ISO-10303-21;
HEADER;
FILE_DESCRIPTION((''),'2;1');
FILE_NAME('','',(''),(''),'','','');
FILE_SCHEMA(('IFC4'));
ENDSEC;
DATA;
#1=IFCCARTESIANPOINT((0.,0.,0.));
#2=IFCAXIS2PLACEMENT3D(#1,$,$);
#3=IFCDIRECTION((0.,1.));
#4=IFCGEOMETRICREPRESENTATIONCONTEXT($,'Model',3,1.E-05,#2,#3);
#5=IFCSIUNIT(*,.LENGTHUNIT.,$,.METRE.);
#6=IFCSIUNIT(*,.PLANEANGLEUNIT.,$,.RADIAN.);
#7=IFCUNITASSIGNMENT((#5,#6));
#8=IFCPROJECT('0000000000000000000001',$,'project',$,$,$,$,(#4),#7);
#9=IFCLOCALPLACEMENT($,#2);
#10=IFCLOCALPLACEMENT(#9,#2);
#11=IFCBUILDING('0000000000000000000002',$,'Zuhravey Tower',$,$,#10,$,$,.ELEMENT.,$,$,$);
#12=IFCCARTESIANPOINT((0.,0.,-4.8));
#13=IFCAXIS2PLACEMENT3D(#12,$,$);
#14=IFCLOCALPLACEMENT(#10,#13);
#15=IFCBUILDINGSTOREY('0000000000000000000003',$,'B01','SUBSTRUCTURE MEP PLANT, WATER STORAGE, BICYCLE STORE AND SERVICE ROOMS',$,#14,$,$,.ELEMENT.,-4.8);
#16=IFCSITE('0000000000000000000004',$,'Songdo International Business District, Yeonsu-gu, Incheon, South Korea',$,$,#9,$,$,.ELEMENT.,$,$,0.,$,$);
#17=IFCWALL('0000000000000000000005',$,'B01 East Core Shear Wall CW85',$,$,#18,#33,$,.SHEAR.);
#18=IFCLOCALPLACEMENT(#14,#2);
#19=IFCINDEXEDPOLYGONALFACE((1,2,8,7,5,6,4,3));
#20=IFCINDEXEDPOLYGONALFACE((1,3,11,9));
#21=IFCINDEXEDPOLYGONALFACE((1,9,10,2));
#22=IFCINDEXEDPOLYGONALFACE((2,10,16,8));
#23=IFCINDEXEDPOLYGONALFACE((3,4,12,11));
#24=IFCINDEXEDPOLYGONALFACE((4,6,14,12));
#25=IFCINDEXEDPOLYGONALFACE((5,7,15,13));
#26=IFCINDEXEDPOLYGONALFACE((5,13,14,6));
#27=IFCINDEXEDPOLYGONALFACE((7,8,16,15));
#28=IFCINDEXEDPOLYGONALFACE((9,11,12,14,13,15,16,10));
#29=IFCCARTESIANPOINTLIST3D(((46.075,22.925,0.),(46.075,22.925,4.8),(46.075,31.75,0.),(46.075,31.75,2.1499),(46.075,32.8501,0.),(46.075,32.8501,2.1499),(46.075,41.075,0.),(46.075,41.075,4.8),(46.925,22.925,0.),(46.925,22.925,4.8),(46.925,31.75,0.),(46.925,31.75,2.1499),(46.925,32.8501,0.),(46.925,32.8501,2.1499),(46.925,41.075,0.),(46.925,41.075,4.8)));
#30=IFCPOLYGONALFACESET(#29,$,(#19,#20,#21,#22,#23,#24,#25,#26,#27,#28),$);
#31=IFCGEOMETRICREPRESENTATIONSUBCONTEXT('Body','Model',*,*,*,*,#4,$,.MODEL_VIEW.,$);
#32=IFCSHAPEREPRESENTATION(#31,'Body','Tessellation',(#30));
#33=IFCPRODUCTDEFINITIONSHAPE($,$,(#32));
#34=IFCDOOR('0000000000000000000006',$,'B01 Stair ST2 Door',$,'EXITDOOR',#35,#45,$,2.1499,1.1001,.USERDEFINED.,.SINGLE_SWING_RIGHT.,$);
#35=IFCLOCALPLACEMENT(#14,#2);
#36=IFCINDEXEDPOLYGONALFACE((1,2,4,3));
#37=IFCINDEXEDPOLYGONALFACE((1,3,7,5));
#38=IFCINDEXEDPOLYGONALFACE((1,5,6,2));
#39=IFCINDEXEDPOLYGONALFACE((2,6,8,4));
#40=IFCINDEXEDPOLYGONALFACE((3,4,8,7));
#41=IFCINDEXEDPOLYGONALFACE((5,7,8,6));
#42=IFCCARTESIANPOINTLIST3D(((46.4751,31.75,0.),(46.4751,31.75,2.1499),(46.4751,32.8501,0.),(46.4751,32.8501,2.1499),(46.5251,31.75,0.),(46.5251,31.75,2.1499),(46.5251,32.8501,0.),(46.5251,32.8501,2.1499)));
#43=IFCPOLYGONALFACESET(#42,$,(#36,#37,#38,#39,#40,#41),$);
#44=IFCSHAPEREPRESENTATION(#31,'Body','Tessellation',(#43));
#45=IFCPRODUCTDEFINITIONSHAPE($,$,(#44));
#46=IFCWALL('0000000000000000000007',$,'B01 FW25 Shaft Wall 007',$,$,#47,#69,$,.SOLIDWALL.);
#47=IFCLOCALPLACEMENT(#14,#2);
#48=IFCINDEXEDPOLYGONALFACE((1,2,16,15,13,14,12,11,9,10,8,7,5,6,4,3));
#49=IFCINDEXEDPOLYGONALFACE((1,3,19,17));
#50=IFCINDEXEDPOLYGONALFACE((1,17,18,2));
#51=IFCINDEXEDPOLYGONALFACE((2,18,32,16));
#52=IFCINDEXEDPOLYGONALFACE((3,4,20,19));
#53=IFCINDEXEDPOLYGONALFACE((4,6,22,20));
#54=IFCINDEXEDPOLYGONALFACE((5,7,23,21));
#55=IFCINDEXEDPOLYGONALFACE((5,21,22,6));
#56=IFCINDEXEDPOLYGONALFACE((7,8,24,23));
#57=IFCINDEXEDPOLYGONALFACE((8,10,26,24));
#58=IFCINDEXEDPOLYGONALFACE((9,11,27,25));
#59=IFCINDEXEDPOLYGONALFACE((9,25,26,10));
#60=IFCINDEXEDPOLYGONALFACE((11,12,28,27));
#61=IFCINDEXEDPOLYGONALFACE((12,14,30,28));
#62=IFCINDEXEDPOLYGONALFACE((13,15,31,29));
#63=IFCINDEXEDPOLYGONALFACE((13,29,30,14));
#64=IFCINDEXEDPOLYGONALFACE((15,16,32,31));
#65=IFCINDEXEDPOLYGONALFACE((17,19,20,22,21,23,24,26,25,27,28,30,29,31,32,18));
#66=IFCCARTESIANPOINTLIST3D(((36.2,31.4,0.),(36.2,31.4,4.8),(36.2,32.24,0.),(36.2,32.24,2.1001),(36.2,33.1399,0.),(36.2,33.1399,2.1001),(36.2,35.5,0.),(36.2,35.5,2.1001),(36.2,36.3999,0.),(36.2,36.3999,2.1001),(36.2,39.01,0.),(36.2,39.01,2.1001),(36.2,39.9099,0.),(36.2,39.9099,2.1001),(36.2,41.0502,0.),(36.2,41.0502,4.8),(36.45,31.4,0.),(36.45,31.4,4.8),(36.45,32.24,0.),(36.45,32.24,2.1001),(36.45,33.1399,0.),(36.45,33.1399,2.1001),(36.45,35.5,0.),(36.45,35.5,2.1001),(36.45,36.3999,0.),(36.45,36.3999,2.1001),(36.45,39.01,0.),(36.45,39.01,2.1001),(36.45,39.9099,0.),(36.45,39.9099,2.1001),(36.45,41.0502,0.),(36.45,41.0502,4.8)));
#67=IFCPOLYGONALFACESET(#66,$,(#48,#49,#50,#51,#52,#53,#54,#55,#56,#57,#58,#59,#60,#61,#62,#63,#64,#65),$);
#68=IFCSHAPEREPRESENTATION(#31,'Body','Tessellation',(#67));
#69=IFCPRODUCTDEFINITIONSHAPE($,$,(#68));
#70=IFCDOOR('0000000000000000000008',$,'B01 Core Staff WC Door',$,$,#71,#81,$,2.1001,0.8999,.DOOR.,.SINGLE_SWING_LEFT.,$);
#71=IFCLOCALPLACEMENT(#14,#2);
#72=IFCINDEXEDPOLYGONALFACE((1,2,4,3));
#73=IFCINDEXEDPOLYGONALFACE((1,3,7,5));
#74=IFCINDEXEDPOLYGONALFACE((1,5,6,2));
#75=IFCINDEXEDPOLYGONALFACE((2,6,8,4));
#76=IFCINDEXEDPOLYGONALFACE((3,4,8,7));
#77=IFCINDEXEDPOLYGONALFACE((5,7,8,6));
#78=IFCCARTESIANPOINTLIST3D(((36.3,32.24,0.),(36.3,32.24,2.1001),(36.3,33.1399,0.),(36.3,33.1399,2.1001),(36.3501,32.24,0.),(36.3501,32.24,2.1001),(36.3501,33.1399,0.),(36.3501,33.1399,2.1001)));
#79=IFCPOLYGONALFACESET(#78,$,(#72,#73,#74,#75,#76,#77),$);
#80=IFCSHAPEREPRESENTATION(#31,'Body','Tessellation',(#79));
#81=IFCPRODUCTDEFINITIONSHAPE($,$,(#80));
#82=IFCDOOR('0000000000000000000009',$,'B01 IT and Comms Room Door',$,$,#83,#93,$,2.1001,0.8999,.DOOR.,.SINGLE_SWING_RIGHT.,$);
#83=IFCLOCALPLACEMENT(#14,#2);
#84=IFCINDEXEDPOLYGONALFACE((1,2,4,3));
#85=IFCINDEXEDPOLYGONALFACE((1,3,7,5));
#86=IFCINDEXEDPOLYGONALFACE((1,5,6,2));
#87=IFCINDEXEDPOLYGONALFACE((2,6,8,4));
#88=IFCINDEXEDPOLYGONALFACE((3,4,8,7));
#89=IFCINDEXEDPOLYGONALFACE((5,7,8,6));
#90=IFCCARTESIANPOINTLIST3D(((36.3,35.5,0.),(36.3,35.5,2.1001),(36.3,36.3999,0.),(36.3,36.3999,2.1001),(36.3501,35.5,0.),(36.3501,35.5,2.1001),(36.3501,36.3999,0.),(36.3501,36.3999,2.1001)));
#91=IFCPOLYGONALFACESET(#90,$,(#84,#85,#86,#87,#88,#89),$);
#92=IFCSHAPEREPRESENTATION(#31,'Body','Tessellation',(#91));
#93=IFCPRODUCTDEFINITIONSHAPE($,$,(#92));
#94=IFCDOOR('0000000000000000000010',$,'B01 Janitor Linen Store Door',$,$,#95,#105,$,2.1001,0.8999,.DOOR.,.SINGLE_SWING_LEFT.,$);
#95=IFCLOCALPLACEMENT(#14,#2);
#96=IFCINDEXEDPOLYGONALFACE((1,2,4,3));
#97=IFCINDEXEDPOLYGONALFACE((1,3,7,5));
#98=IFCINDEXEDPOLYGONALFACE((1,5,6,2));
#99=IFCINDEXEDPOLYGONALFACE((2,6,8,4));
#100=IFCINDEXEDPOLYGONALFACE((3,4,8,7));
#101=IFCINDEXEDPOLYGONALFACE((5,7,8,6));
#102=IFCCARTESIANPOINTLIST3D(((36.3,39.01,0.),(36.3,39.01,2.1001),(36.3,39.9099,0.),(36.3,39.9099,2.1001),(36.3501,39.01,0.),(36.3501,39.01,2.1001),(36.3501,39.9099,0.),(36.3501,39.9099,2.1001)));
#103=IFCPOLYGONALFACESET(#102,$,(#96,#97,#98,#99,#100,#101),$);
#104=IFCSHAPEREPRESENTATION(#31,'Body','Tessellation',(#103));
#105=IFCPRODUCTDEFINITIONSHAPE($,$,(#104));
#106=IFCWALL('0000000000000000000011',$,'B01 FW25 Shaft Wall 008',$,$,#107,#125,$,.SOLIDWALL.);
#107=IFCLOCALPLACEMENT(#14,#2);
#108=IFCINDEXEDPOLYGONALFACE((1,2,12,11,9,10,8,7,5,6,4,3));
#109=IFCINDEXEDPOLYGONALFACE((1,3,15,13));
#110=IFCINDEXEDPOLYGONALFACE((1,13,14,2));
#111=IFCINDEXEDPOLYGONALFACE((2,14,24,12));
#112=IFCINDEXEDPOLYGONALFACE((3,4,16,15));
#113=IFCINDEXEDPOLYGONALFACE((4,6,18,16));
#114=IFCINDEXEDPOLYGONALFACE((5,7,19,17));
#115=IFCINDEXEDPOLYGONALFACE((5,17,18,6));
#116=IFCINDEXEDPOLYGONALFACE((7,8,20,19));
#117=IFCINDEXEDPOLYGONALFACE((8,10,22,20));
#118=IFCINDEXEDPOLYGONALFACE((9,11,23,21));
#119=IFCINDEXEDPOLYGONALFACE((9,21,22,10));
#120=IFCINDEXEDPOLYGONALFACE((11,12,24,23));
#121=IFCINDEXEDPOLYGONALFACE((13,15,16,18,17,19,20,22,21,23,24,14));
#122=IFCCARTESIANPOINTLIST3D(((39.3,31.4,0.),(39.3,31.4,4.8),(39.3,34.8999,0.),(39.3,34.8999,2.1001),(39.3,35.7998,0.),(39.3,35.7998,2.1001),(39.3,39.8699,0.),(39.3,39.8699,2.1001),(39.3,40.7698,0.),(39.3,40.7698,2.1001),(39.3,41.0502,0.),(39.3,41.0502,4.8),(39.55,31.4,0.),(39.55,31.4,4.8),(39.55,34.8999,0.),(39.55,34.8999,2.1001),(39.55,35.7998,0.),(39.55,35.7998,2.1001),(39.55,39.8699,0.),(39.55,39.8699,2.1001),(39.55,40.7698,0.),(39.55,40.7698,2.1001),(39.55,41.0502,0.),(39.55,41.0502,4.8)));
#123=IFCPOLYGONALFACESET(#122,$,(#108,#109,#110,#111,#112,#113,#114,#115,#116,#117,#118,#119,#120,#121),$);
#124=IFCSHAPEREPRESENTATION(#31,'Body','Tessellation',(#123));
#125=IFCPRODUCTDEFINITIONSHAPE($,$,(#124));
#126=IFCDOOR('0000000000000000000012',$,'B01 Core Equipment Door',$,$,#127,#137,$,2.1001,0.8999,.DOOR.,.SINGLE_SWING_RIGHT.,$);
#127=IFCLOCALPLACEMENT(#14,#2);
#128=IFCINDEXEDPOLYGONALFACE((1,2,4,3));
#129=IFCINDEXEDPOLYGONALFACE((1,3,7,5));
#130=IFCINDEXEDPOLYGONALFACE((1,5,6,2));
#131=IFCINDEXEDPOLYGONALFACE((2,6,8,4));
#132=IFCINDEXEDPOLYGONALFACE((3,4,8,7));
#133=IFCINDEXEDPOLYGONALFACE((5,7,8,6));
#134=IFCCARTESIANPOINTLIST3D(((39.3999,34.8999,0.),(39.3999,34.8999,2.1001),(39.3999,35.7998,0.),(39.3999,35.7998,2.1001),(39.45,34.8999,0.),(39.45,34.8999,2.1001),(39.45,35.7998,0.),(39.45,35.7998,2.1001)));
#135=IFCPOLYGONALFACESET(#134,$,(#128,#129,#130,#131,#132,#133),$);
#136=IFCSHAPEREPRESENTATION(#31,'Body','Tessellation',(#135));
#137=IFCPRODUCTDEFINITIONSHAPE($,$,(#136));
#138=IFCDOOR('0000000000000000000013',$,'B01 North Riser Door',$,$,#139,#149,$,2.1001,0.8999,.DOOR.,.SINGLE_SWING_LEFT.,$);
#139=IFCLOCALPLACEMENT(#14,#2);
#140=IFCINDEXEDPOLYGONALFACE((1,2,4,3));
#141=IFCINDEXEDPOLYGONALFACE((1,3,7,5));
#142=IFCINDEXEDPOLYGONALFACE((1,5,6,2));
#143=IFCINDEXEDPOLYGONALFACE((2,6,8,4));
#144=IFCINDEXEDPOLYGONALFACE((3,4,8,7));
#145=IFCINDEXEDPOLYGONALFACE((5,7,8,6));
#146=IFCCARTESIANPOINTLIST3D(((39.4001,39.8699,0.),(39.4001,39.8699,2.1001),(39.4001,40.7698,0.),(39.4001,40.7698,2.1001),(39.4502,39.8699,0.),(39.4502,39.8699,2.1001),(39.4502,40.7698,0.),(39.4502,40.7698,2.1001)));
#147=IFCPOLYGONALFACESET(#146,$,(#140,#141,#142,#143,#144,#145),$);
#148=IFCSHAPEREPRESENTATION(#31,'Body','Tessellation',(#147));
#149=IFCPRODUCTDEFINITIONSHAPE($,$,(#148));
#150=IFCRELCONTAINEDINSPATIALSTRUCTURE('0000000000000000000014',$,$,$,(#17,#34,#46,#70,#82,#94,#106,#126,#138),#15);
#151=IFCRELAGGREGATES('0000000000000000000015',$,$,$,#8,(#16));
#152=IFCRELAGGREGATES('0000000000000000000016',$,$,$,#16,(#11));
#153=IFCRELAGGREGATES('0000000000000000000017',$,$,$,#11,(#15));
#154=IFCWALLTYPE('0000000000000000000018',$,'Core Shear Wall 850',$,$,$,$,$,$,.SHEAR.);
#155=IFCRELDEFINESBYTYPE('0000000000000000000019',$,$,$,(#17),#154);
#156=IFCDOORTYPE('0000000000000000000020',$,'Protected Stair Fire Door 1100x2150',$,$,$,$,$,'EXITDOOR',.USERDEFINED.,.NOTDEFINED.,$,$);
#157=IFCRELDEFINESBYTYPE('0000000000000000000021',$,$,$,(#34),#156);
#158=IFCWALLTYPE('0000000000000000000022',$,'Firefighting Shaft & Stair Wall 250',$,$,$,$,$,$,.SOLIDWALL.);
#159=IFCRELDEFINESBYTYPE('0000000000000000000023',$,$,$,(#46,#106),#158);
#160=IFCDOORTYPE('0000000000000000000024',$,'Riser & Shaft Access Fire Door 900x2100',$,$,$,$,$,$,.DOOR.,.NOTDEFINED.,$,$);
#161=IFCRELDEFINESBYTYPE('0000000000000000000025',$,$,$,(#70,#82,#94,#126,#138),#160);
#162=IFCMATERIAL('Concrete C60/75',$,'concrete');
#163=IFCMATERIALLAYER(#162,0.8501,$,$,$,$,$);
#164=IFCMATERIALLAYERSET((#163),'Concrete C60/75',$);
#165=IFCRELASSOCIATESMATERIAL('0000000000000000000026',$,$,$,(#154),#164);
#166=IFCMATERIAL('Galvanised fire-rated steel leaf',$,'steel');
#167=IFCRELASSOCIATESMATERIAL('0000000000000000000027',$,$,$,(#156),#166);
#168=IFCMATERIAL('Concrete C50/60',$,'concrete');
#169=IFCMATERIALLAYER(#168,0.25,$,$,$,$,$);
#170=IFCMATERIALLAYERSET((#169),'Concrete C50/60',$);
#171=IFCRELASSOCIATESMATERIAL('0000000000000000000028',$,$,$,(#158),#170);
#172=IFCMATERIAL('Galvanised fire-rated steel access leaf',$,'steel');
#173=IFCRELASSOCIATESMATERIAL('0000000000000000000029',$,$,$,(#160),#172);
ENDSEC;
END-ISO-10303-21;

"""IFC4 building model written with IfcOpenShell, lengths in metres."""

from ifc_helpers import new_model, si_unit, direction, frame, frame_2d, origin, place, context, subcontext, project, spatial, rectangle, extrude, material, layer, layer_set, type_object, element, fill, save


model = new_model("IFC4")

# Units and contexts
model_context = context("Model", 3, precision=1e-05, world=origin(), true_north=direction((0.0, 1.0)))
body_context = subcontext(model_context, "Body", "Model", "MODEL_VIEW")
ifc_project = project(units=[si_unit("LENGTHUNIT", "METRE"), si_unit("PLANEANGLEUNIT", "RADIAN")], contexts=[model_context])

# Site, building, storey
site_placement = place(None, origin())
site = spatial("IfcSite", under=ifc_project, at=site_placement, Name="Songdo International Business District, Yeonsu-gu, Incheon, South Korea", CompositionType="ELEMENT", RefElevation=0.0)
building_placement = place(site_placement, origin())
building = spatial("IfcBuilding", under=site, at=building_placement, Name="Zuhravey Tower", CompositionType="ELEMENT")
storey_placement = place(building_placement, frame((0.0, 0.0, -4.8)))
storey = spatial("IfcBuildingStorey", under=building, at=storey_placement, Name="B01", Description="SUBSTRUCTURE MEP PLANT, WATER STORAGE, BICYCLE STORE AND SERVICE ROOMS", CompositionType="ELEMENT", Elevation=-4.8)

# Wall, opening, door
ifc_material_1 = material(Name="Concrete C60/75", Category="concrete")
ifc_layer_1 = layer(ifc_material_1, 0.8501)
ifc_layer_set_1 = layer_set([ifc_layer_1], Name="Concrete C60/75")
wall_type_1 = type_object("IfcWallType", Name="Core Shear Wall 850", PredefinedType="SHEAR", material=ifc_layer_set_1)
ifc_material_2 = material(Name="Galvanised fire-rated steel leaf", Category="steel")
wall_1_placement = place(storey_placement, frame((46.5, 22.925, 0.0), z_axis=(0.0, 0.0, 1.0), x_axis=(0.0, 1.0, 0.0)))
wall_1 = element("IfcWall", 1, at=wall_1_placement, inside=storey, type_object=wall_type_1, Name="B01 East Core Shear Wall CW85", PredefinedType="SHEAR", context=body_context, shape_type="SweptSolid", body=[
    extrude(rectangle(XDim=18.1499, YDim=0.8501, at=frame_2d((9.075, 0.0))), origin(), (0.0, 0.0, 1.0), 4.8),
])
opening_1_placement = place(wall_1_placement, frame((8.825, 0.0, 0.0)))
opening_1 = element("IfcOpeningElement", 2, at=opening_1_placement, cuts=wall_1, PredefinedType="OPENING", context=body_context, shape_type="SweptSolid", body=[
    extrude(rectangle(XDim=1.1001, YDim=2.1499, at=frame_2d((0.55, 1.075))), frame((0.0, 0.437, 0.0), z_axis=(0.0, -1.0, 0.0), x_axis=(1.0, 0.0, 0.0)), (0.0, 0.0, 1.0), 0.874),
])
door_type_1 = type_object("IfcDoorType", Name="Protected Stair Fire Door 1100x2150", ElementType="EXITDOOR", OperationType="NOTDEFINED", PredefinedType="USERDEFINED", material=ifc_material_2)
door_1_placement = place(opening_1_placement, origin())
door_1 = element("IfcDoor", 3, at=door_1_placement, inside=storey, type_object=door_type_1, Name="B01 Stair ST2 Door", ObjectType="EXITDOOR", OperationType="SINGLE_SWING_RIGHT", OverallHeight=2.1499, OverallWidth=1.1001, PredefinedType="USERDEFINED", context=body_context, shape_type="SweptSolid", body=[
    extrude(rectangle(XDim=1.1001, YDim=2.1499, at=frame_2d((0.55, 1.075))), frame((0.0, 0.0249, 0.0), z_axis=(0.0, -1.0, 0.0), x_axis=(1.0, 0.0, 0.0)), (0.0, 0.0, 1.0), 0.05),
])
fill(opening_1, door_1)
ifc_material_3 = material(Name="Concrete C50/60", Category="concrete")
ifc_layer_2 = layer(ifc_material_3, 0.25)
ifc_layer_set_2 = layer_set([ifc_layer_2], Name="Concrete C50/60")
wall_type_2 = type_object("IfcWallType", Name="Firefighting Shaft & Stair Wall 250", PredefinedType="SOLIDWALL", material=ifc_layer_set_2)

# Walls, openings, doors
wall_2_placement = place(storey_placement, frame((36.325, 31.3999, 0.0), z_axis=(0.0, 0.0, 1.0), x_axis=(0.0, 1.0, 0.0)))
wall_2 = element("IfcWall", 4, at=wall_2_placement, inside=storey, type_object=wall_type_2, Name="B01 FW25 Shaft Wall 007", PredefinedType="SOLIDWALL", context=body_context, shape_type="SweptSolid", body=[
    extrude(rectangle(XDim=9.6501, YDim=0.25, at=frame_2d((4.8252, 0.0))), origin(), (0.0, 0.0, 1.0), 4.8),
])
opening_2_placement = place(wall_2_placement, frame((0.8401, 0.0, 0.0)))
opening_2 = element("IfcOpeningElement", 5, at=opening_2_placement, cuts=wall_2, PredefinedType="OPENING", context=body_context, shape_type="SweptSolid", body=[
    extrude(rectangle(XDim=0.8999, YDim=2.1001, at=frame_2d((0.45, 1.05))), frame((0.0, 0.137, 0.0), z_axis=(0.0, -1.0, 0.0), x_axis=(1.0, 0.0, 0.0)), (0.0, 0.0, 1.0), 0.2739),
])
opening_3_placement = place(wall_2_placement, frame((4.1001, 0.0, 0.0)))
opening_3 = element("IfcOpeningElement", 6, at=opening_3_placement, cuts=wall_2, PredefinedType="OPENING", context=body_context, shape_type="SweptSolid", body=[
    extrude(rectangle(XDim=0.8999, YDim=2.1001, at=frame_2d((0.45, 1.05))), frame((0.0, 0.137, 0.0), z_axis=(0.0, -1.0, 0.0), x_axis=(1.0, 0.0, 0.0)), (0.0, 0.0, 1.0), 0.2739),
])
opening_4_placement = place(wall_2_placement, frame((7.6101, 0.0, 0.0)))
opening_4 = element("IfcOpeningElement", 7, at=opening_4_placement, cuts=wall_2, PredefinedType="OPENING", context=body_context, shape_type="SweptSolid", body=[
    extrude(rectangle(XDim=0.8999, YDim=2.1001, at=frame_2d((0.45, 1.05))), frame((0.0, 0.137, 0.0), z_axis=(0.0, -1.0, 0.0), x_axis=(1.0, 0.0, 0.0)), (0.0, 0.0, 1.0), 0.2739),
])
ifc_material_4 = material(Name="Galvanised fire-rated steel access leaf", Category="steel")
door_type_2 = type_object("IfcDoorType", Name="Riser & Shaft Access Fire Door 900x2100", OperationType="NOTDEFINED", PredefinedType="DOOR", material=ifc_material_4)
door_2_placement = place(opening_2_placement, origin())
door_2 = element("IfcDoor", 8, at=door_2_placement, inside=storey, type_object=door_type_2, Name="B01 Core Staff WC Door", OperationType="SINGLE_SWING_LEFT", OverallHeight=2.1001, OverallWidth=0.8999, PredefinedType="DOOR", context=body_context, shape_type="SweptSolid", body=[
    extrude(rectangle(XDim=0.8999, YDim=2.1001, at=frame_2d((0.45, 1.05))), frame((0.0, 0.0249, 0.0), z_axis=(0.0, -1.0, 0.0), x_axis=(1.0, 0.0, 0.0)), (0.0, 0.0, 1.0), 0.05),
])
fill(opening_2, door_2)
door_3_placement = place(opening_3_placement, origin())
door_3 = element("IfcDoor", 9, at=door_3_placement, inside=storey, type_object=door_type_2, Name="B01 IT and Comms Room Door", OperationType="SINGLE_SWING_RIGHT", OverallHeight=2.1001, OverallWidth=0.8999, PredefinedType="DOOR", context=body_context, shape_type="SweptSolid", body=[
    extrude(rectangle(XDim=0.8999, YDim=2.1001, at=frame_2d((0.45, 1.05))), frame((0.0, 0.0249, 0.0), z_axis=(0.0, -1.0, 0.0), x_axis=(1.0, 0.0, 0.0)), (0.0, 0.0, 1.0), 0.05),
])
fill(opening_3, door_3)
door_4_placement = place(opening_4_placement, origin())
door_4 = element("IfcDoor", 10, at=door_4_placement, inside=storey, type_object=door_type_2, Name="B01 Janitor Linen Store Door", OperationType="SINGLE_SWING_LEFT", OverallHeight=2.1001, OverallWidth=0.8999, PredefinedType="DOOR", context=body_context, shape_type="SweptSolid", body=[
    extrude(rectangle(XDim=0.8999, YDim=2.1001, at=frame_2d((0.45, 1.05))), frame((0.0, 0.0249, 0.0), z_axis=(0.0, -1.0, 0.0), x_axis=(1.0, 0.0, 0.0)), (0.0, 0.0, 1.0), 0.05),
])
fill(opening_4, door_4)
wall_3_placement = place(storey_placement, frame((39.425, 31.3999, 0.0), z_axis=(0.0, 0.0, 1.0), x_axis=(0.0, 1.0, 0.0)))
wall_3 = element("IfcWall", 11, at=wall_3_placement, inside=storey, type_object=wall_type_2, Name="B01 FW25 Shaft Wall 008", PredefinedType="SOLIDWALL", context=body_context, shape_type="SweptSolid", body=[
    extrude(rectangle(XDim=9.6501, YDim=0.25, at=frame_2d((4.8252, 0.0))), origin(), (0.0, 0.0, 1.0), 4.8),
])
opening_5_placement = place(wall_3_placement, frame((3.5, 0.0, 0.0)))
opening_5 = element("IfcOpeningElement", 12, at=opening_5_placement, cuts=wall_3, PredefinedType="OPENING", context=body_context, shape_type="SweptSolid", body=[
    extrude(rectangle(XDim=0.8999, YDim=2.1001, at=frame_2d((0.45, 1.05))), frame((0.0, 0.137, 0.0), z_axis=(0.0, -1.0, 0.0), x_axis=(1.0, 0.0, 0.0)), (0.0, 0.0, 1.0), 0.2739),
])
opening_6_placement = place(wall_3_placement, frame((8.47, 0.0, 0.0)))
opening_6 = element("IfcOpeningElement", 13, at=opening_6_placement, cuts=wall_3, PredefinedType="OPENING", context=body_context, shape_type="SweptSolid", body=[
    extrude(rectangle(XDim=0.8999, YDim=2.1001, at=frame_2d((0.45, 1.05))), frame((0.0, 0.137, 0.0), z_axis=(0.0, -1.0, 0.0), x_axis=(1.0, 0.0, 0.0)), (0.0, 0.0, 1.0), 0.2739),
])
door_5_placement = place(opening_5_placement, frame((0.8999, 0.0, 0.0), z_axis=(0.0, 0.0, 1.0), x_axis=(-1.0, 0.0, 0.0)))
door_5 = element("IfcDoor", 14, at=door_5_placement, inside=storey, type_object=door_type_2, Name="B01 Core Equipment Door", OperationType="SINGLE_SWING_RIGHT", OverallHeight=2.1001, OverallWidth=0.8999, PredefinedType="DOOR", context=body_context, shape_type="SweptSolid", body=[
    extrude(rectangle(XDim=0.8999, YDim=2.1001, at=frame_2d((0.45, 1.05))), frame((0.0, 0.0249, 0.0), z_axis=(0.0, -1.0, 0.0), x_axis=(1.0, 0.0, 0.0)), (0.0, 0.0, 1.0), 0.05),
])
fill(opening_5, door_5)
door_6_placement = place(opening_6_placement, origin())
door_6 = element("IfcDoor", 15, at=door_6_placement, inside=storey, type_object=door_type_2, Name="B01 North Riser Door", OperationType="SINGLE_SWING_LEFT", OverallHeight=2.1001, OverallWidth=0.8999, PredefinedType="DOOR", context=body_context, shape_type="SweptSolid", body=[
    extrude(rectangle(XDim=0.8999, YDim=2.1001, at=frame_2d((0.45, 1.05))), frame((0.0, 0.0249, 0.0), z_axis=(0.0, -1.0, 0.0), x_axis=(1.0, 0.0, 0.0)), (0.0, 0.0, 1.0), 0.05),
])
fill(opening_6, door_6)

save(model, "model.ifc")
